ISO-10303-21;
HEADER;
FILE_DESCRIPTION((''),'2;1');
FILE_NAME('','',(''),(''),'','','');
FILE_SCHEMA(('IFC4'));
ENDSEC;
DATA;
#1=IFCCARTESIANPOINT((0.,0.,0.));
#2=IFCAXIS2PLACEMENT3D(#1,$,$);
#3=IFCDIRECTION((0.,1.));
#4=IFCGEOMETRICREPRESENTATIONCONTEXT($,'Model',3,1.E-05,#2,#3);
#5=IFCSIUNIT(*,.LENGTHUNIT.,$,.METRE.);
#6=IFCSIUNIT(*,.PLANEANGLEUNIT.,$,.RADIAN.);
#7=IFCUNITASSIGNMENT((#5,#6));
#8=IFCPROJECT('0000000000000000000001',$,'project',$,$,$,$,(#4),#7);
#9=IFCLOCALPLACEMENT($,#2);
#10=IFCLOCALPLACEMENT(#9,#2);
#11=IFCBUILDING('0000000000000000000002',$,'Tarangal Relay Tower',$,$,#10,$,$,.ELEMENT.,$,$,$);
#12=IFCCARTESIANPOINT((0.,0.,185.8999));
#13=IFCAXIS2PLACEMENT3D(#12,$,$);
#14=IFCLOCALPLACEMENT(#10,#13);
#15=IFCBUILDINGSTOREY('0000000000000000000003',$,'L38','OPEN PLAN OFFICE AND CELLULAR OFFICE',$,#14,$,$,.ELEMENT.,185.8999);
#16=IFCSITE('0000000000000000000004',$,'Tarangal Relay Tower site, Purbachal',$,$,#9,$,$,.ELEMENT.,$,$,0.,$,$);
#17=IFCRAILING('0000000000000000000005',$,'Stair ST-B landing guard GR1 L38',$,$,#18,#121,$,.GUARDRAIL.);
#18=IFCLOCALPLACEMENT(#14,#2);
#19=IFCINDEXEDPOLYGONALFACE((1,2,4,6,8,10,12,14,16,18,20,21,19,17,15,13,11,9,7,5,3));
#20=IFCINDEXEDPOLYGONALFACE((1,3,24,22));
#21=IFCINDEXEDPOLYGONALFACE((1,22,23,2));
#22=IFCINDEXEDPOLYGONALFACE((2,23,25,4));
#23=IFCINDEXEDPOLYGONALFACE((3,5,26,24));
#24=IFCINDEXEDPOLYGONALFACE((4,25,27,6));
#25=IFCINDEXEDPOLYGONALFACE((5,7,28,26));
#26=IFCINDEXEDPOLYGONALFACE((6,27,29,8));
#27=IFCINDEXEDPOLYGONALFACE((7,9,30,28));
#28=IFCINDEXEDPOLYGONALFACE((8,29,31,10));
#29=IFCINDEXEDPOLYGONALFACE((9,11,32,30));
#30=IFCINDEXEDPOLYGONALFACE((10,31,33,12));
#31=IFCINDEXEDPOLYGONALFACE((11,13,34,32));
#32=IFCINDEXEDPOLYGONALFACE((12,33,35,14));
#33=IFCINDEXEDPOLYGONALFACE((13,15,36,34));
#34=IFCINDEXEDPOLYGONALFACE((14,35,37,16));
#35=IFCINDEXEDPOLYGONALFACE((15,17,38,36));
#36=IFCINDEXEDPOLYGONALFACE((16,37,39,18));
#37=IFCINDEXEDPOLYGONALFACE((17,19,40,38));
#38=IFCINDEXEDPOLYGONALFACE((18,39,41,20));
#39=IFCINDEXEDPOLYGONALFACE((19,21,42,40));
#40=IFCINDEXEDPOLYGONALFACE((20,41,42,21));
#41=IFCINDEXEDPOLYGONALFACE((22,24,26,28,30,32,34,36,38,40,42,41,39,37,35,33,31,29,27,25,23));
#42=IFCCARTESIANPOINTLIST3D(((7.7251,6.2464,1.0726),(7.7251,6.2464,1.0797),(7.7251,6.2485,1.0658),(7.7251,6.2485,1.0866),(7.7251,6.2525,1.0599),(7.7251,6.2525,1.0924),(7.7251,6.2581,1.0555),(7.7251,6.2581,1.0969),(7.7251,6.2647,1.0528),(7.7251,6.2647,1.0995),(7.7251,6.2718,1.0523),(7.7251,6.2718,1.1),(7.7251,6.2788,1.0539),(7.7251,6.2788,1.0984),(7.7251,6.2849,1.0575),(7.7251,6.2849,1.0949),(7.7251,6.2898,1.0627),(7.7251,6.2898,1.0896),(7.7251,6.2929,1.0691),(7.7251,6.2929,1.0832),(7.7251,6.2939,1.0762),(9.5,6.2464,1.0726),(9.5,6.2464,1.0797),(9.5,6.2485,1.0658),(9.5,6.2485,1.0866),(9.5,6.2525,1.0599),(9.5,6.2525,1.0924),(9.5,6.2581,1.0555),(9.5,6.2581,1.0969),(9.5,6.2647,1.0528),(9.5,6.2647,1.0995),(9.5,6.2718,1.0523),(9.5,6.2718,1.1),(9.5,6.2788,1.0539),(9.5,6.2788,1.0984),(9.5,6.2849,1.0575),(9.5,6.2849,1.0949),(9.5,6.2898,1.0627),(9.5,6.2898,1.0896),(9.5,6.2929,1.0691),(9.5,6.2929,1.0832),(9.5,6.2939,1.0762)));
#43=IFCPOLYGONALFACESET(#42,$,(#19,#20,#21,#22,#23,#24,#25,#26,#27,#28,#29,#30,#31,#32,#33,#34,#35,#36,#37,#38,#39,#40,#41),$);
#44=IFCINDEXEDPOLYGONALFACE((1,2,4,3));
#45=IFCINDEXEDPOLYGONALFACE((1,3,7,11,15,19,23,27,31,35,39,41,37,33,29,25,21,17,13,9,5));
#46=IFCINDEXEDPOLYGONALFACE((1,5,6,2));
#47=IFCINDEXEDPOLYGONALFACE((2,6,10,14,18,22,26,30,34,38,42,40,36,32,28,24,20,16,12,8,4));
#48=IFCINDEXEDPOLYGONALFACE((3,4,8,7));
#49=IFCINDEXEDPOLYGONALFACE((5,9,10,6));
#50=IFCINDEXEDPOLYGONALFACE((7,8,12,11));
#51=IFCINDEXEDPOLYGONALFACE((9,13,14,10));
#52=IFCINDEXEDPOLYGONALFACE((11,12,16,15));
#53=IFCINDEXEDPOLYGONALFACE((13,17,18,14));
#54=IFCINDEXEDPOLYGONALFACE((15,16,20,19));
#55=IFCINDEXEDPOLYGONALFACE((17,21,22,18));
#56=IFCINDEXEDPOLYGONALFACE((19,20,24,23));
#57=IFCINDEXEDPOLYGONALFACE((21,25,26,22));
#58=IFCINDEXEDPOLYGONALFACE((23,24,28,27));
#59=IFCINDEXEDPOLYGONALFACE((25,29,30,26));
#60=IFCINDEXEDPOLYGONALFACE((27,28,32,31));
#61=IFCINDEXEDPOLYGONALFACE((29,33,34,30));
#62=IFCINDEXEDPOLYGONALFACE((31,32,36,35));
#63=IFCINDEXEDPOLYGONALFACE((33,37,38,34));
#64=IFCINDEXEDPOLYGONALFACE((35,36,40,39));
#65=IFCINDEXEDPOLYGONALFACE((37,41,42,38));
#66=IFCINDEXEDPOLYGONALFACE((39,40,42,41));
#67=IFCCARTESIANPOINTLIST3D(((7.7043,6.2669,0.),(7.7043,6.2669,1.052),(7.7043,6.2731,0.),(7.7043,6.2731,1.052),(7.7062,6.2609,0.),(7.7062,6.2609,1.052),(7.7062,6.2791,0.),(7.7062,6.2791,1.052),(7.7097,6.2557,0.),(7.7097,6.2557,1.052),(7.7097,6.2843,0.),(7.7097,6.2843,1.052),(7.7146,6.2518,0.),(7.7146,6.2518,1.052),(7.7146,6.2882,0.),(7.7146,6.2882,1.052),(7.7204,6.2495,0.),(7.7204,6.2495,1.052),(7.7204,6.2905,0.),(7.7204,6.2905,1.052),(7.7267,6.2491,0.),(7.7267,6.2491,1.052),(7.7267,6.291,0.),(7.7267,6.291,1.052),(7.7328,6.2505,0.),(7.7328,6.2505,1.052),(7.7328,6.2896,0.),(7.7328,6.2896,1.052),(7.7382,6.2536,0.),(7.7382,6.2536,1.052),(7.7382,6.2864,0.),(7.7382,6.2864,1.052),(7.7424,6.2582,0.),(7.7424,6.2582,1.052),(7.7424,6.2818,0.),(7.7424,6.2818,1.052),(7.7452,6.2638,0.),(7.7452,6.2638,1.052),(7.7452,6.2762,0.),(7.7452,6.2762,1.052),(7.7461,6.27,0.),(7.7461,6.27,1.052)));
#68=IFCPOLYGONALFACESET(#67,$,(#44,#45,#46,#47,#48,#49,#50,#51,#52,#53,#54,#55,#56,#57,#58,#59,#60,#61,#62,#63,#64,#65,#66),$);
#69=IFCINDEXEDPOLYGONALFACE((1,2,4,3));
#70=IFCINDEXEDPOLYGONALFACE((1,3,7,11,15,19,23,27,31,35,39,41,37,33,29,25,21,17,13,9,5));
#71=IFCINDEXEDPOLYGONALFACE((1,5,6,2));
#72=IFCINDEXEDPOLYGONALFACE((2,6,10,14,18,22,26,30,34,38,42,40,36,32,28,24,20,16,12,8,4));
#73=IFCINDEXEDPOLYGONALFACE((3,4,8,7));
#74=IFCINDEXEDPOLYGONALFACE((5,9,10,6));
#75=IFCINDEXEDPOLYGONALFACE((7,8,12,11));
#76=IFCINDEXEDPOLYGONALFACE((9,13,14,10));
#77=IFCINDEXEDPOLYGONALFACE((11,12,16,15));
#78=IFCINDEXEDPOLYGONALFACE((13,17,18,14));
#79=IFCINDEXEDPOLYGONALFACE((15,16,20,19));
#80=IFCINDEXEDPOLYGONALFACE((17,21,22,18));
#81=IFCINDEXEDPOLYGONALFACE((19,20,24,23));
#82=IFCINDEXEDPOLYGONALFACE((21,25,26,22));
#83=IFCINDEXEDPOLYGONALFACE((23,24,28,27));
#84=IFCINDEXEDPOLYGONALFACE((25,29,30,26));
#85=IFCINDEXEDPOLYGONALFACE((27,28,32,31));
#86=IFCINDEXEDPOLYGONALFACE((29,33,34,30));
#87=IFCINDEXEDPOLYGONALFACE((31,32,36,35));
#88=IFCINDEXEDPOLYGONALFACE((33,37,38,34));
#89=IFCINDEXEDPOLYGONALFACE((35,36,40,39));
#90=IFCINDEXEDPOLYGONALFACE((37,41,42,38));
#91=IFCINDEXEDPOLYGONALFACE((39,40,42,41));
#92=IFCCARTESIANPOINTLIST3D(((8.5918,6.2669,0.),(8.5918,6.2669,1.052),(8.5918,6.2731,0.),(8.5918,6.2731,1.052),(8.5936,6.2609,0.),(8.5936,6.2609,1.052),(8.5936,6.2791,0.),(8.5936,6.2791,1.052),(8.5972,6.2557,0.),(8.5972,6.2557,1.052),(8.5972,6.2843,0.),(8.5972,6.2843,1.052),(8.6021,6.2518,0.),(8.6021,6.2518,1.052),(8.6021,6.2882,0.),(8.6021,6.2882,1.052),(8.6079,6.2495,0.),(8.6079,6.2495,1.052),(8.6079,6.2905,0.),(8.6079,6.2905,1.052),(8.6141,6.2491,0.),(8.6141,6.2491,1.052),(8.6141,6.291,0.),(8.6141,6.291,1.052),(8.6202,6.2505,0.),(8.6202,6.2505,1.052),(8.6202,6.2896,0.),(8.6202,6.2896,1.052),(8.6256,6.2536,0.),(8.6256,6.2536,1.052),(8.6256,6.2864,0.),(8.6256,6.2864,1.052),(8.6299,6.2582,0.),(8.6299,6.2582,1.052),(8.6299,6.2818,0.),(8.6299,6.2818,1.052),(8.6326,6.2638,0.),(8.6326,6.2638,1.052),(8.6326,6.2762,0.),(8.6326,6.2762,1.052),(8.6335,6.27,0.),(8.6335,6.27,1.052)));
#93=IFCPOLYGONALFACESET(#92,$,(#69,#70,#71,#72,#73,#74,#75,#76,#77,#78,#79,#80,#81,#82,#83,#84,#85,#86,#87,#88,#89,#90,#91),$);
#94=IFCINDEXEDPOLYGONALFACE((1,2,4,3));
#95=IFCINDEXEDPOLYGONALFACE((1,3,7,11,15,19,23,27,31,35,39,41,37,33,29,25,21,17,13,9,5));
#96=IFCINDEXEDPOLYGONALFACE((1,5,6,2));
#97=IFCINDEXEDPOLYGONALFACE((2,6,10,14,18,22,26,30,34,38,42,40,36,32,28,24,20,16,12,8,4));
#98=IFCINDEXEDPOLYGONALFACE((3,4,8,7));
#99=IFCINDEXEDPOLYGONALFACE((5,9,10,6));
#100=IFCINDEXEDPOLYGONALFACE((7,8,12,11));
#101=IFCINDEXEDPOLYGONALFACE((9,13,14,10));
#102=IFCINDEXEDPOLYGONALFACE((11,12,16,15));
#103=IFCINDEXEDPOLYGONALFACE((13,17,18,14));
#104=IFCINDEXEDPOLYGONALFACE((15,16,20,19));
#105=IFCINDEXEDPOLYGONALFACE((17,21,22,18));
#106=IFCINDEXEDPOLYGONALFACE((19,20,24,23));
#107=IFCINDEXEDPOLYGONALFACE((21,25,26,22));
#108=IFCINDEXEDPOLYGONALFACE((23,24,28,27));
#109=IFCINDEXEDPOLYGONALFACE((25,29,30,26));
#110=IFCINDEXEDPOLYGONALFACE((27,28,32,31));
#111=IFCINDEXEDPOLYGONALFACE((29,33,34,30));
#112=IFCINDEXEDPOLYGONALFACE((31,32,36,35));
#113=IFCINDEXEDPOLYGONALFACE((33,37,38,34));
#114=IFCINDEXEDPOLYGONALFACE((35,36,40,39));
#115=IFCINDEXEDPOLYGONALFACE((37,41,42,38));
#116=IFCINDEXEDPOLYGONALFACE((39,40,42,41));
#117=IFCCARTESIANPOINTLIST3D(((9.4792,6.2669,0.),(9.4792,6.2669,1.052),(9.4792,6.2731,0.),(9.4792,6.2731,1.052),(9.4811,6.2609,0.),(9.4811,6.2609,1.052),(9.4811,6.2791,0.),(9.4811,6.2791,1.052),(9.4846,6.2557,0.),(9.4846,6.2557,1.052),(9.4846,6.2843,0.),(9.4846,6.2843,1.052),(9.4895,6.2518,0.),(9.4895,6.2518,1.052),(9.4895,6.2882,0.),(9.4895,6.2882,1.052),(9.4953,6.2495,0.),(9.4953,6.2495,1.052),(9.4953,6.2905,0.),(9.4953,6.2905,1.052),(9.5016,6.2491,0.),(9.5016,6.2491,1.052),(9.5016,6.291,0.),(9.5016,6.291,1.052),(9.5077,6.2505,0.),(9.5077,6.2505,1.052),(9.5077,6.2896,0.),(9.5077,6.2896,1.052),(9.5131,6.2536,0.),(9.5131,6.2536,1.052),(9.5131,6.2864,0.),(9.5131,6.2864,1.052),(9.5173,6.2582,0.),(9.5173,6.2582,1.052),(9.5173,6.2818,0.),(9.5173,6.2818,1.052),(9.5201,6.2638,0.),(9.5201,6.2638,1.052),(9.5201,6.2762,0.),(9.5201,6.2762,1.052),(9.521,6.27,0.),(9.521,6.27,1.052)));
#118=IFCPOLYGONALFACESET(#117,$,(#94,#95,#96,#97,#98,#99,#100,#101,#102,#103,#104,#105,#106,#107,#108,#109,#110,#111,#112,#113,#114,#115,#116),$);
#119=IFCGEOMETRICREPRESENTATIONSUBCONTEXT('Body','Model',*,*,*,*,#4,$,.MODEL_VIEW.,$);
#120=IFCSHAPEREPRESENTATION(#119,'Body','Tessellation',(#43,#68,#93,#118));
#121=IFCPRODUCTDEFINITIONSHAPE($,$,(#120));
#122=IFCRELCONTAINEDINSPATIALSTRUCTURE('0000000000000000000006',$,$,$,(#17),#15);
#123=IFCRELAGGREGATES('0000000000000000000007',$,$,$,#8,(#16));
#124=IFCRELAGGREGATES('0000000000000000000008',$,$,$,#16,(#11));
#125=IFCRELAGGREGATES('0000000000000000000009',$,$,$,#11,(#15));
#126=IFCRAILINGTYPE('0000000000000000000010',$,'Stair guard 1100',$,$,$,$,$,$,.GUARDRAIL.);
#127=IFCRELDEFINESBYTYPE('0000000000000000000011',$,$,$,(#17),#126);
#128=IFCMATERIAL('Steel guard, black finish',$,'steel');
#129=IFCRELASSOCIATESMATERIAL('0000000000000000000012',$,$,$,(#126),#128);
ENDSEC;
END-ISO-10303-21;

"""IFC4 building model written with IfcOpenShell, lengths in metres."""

from ifc_helpers import new_model, si_unit, direction, frame, origin, origin_2d, place, context, subcontext, project, spatial, circle, extrude, material, type_object, element, save


model = new_model("IFC4")

# Units and contexts
model_context = context("Model", 3, precision=1e-05, world=origin(), true_north=direction((0.0, 1.0)))
body_context = subcontext(model_context, "Body", "Model", "MODEL_VIEW")
ifc_project = project(units=[si_unit("LENGTHUNIT", "METRE"), si_unit("PLANEANGLEUNIT", "RADIAN")], contexts=[model_context])

# Site, building, storey
site_placement = place(None, origin())
site = spatial("IfcSite", under=ifc_project, at=site_placement, Name="Tarangal Relay Tower site, Purbachal", CompositionType="ELEMENT", RefElevation=0.0)
building_placement = place(site_placement, origin())
building = spatial("IfcBuilding", under=site, at=building_placement, Name="Tarangal Relay Tower", CompositionType="ELEMENT")
storey_placement = place(building_placement, frame((0.0, 0.0, 185.8999)))
storey = spatial("IfcBuildingStorey", under=building, at=storey_placement, Name="L38", Description="OPEN PLAN OFFICE AND CELLULAR OFFICE", CompositionType="ELEMENT", Elevation=185.8999)

# Railing
ifc_material_1 = material(Name="Steel guard, black finish", Category="steel")
railing_type_1 = type_object("IfcRailingType", Name="Stair guard 1100", PredefinedType="GUARDRAIL", material=ifc_material_1)
railing_1_placement = place(storey_placement, frame((7.7251, 6.27, 0.0)))
element("IfcRailing", 1, at=railing_1_placement, inside=storey, type_object=railing_type_1, Name="Stair ST-B landing guard GR1 L38", PredefinedType="GUARDRAIL", context=body_context, shape_type="SweptSolid", body=[
    extrude(circle(Radius=0.0239, at=origin_2d()), frame((0.0, 0.0, 1.0762), z_axis=(1.0, 0.0, 0.0), x_axis=(0.0, 1.0, 0.0)), (0.0, 0.0, 1.0), 1.7749),
    extrude(circle(Radius=0.021, at=origin_2d()), origin(), (0.0, 0.0, 1.0), 1.052),
    extrude(circle(Radius=0.021, at=origin_2d()), frame((0.8875, 0.0, 0.0)), (0.0, 0.0, 1.0), 1.052),
    extrude(circle(Radius=0.021, at=origin_2d()), frame((1.7749, 0.0, 0.0)), (0.0, 0.0, 1.0), 1.052),
])

save(model, "model.ifc")
